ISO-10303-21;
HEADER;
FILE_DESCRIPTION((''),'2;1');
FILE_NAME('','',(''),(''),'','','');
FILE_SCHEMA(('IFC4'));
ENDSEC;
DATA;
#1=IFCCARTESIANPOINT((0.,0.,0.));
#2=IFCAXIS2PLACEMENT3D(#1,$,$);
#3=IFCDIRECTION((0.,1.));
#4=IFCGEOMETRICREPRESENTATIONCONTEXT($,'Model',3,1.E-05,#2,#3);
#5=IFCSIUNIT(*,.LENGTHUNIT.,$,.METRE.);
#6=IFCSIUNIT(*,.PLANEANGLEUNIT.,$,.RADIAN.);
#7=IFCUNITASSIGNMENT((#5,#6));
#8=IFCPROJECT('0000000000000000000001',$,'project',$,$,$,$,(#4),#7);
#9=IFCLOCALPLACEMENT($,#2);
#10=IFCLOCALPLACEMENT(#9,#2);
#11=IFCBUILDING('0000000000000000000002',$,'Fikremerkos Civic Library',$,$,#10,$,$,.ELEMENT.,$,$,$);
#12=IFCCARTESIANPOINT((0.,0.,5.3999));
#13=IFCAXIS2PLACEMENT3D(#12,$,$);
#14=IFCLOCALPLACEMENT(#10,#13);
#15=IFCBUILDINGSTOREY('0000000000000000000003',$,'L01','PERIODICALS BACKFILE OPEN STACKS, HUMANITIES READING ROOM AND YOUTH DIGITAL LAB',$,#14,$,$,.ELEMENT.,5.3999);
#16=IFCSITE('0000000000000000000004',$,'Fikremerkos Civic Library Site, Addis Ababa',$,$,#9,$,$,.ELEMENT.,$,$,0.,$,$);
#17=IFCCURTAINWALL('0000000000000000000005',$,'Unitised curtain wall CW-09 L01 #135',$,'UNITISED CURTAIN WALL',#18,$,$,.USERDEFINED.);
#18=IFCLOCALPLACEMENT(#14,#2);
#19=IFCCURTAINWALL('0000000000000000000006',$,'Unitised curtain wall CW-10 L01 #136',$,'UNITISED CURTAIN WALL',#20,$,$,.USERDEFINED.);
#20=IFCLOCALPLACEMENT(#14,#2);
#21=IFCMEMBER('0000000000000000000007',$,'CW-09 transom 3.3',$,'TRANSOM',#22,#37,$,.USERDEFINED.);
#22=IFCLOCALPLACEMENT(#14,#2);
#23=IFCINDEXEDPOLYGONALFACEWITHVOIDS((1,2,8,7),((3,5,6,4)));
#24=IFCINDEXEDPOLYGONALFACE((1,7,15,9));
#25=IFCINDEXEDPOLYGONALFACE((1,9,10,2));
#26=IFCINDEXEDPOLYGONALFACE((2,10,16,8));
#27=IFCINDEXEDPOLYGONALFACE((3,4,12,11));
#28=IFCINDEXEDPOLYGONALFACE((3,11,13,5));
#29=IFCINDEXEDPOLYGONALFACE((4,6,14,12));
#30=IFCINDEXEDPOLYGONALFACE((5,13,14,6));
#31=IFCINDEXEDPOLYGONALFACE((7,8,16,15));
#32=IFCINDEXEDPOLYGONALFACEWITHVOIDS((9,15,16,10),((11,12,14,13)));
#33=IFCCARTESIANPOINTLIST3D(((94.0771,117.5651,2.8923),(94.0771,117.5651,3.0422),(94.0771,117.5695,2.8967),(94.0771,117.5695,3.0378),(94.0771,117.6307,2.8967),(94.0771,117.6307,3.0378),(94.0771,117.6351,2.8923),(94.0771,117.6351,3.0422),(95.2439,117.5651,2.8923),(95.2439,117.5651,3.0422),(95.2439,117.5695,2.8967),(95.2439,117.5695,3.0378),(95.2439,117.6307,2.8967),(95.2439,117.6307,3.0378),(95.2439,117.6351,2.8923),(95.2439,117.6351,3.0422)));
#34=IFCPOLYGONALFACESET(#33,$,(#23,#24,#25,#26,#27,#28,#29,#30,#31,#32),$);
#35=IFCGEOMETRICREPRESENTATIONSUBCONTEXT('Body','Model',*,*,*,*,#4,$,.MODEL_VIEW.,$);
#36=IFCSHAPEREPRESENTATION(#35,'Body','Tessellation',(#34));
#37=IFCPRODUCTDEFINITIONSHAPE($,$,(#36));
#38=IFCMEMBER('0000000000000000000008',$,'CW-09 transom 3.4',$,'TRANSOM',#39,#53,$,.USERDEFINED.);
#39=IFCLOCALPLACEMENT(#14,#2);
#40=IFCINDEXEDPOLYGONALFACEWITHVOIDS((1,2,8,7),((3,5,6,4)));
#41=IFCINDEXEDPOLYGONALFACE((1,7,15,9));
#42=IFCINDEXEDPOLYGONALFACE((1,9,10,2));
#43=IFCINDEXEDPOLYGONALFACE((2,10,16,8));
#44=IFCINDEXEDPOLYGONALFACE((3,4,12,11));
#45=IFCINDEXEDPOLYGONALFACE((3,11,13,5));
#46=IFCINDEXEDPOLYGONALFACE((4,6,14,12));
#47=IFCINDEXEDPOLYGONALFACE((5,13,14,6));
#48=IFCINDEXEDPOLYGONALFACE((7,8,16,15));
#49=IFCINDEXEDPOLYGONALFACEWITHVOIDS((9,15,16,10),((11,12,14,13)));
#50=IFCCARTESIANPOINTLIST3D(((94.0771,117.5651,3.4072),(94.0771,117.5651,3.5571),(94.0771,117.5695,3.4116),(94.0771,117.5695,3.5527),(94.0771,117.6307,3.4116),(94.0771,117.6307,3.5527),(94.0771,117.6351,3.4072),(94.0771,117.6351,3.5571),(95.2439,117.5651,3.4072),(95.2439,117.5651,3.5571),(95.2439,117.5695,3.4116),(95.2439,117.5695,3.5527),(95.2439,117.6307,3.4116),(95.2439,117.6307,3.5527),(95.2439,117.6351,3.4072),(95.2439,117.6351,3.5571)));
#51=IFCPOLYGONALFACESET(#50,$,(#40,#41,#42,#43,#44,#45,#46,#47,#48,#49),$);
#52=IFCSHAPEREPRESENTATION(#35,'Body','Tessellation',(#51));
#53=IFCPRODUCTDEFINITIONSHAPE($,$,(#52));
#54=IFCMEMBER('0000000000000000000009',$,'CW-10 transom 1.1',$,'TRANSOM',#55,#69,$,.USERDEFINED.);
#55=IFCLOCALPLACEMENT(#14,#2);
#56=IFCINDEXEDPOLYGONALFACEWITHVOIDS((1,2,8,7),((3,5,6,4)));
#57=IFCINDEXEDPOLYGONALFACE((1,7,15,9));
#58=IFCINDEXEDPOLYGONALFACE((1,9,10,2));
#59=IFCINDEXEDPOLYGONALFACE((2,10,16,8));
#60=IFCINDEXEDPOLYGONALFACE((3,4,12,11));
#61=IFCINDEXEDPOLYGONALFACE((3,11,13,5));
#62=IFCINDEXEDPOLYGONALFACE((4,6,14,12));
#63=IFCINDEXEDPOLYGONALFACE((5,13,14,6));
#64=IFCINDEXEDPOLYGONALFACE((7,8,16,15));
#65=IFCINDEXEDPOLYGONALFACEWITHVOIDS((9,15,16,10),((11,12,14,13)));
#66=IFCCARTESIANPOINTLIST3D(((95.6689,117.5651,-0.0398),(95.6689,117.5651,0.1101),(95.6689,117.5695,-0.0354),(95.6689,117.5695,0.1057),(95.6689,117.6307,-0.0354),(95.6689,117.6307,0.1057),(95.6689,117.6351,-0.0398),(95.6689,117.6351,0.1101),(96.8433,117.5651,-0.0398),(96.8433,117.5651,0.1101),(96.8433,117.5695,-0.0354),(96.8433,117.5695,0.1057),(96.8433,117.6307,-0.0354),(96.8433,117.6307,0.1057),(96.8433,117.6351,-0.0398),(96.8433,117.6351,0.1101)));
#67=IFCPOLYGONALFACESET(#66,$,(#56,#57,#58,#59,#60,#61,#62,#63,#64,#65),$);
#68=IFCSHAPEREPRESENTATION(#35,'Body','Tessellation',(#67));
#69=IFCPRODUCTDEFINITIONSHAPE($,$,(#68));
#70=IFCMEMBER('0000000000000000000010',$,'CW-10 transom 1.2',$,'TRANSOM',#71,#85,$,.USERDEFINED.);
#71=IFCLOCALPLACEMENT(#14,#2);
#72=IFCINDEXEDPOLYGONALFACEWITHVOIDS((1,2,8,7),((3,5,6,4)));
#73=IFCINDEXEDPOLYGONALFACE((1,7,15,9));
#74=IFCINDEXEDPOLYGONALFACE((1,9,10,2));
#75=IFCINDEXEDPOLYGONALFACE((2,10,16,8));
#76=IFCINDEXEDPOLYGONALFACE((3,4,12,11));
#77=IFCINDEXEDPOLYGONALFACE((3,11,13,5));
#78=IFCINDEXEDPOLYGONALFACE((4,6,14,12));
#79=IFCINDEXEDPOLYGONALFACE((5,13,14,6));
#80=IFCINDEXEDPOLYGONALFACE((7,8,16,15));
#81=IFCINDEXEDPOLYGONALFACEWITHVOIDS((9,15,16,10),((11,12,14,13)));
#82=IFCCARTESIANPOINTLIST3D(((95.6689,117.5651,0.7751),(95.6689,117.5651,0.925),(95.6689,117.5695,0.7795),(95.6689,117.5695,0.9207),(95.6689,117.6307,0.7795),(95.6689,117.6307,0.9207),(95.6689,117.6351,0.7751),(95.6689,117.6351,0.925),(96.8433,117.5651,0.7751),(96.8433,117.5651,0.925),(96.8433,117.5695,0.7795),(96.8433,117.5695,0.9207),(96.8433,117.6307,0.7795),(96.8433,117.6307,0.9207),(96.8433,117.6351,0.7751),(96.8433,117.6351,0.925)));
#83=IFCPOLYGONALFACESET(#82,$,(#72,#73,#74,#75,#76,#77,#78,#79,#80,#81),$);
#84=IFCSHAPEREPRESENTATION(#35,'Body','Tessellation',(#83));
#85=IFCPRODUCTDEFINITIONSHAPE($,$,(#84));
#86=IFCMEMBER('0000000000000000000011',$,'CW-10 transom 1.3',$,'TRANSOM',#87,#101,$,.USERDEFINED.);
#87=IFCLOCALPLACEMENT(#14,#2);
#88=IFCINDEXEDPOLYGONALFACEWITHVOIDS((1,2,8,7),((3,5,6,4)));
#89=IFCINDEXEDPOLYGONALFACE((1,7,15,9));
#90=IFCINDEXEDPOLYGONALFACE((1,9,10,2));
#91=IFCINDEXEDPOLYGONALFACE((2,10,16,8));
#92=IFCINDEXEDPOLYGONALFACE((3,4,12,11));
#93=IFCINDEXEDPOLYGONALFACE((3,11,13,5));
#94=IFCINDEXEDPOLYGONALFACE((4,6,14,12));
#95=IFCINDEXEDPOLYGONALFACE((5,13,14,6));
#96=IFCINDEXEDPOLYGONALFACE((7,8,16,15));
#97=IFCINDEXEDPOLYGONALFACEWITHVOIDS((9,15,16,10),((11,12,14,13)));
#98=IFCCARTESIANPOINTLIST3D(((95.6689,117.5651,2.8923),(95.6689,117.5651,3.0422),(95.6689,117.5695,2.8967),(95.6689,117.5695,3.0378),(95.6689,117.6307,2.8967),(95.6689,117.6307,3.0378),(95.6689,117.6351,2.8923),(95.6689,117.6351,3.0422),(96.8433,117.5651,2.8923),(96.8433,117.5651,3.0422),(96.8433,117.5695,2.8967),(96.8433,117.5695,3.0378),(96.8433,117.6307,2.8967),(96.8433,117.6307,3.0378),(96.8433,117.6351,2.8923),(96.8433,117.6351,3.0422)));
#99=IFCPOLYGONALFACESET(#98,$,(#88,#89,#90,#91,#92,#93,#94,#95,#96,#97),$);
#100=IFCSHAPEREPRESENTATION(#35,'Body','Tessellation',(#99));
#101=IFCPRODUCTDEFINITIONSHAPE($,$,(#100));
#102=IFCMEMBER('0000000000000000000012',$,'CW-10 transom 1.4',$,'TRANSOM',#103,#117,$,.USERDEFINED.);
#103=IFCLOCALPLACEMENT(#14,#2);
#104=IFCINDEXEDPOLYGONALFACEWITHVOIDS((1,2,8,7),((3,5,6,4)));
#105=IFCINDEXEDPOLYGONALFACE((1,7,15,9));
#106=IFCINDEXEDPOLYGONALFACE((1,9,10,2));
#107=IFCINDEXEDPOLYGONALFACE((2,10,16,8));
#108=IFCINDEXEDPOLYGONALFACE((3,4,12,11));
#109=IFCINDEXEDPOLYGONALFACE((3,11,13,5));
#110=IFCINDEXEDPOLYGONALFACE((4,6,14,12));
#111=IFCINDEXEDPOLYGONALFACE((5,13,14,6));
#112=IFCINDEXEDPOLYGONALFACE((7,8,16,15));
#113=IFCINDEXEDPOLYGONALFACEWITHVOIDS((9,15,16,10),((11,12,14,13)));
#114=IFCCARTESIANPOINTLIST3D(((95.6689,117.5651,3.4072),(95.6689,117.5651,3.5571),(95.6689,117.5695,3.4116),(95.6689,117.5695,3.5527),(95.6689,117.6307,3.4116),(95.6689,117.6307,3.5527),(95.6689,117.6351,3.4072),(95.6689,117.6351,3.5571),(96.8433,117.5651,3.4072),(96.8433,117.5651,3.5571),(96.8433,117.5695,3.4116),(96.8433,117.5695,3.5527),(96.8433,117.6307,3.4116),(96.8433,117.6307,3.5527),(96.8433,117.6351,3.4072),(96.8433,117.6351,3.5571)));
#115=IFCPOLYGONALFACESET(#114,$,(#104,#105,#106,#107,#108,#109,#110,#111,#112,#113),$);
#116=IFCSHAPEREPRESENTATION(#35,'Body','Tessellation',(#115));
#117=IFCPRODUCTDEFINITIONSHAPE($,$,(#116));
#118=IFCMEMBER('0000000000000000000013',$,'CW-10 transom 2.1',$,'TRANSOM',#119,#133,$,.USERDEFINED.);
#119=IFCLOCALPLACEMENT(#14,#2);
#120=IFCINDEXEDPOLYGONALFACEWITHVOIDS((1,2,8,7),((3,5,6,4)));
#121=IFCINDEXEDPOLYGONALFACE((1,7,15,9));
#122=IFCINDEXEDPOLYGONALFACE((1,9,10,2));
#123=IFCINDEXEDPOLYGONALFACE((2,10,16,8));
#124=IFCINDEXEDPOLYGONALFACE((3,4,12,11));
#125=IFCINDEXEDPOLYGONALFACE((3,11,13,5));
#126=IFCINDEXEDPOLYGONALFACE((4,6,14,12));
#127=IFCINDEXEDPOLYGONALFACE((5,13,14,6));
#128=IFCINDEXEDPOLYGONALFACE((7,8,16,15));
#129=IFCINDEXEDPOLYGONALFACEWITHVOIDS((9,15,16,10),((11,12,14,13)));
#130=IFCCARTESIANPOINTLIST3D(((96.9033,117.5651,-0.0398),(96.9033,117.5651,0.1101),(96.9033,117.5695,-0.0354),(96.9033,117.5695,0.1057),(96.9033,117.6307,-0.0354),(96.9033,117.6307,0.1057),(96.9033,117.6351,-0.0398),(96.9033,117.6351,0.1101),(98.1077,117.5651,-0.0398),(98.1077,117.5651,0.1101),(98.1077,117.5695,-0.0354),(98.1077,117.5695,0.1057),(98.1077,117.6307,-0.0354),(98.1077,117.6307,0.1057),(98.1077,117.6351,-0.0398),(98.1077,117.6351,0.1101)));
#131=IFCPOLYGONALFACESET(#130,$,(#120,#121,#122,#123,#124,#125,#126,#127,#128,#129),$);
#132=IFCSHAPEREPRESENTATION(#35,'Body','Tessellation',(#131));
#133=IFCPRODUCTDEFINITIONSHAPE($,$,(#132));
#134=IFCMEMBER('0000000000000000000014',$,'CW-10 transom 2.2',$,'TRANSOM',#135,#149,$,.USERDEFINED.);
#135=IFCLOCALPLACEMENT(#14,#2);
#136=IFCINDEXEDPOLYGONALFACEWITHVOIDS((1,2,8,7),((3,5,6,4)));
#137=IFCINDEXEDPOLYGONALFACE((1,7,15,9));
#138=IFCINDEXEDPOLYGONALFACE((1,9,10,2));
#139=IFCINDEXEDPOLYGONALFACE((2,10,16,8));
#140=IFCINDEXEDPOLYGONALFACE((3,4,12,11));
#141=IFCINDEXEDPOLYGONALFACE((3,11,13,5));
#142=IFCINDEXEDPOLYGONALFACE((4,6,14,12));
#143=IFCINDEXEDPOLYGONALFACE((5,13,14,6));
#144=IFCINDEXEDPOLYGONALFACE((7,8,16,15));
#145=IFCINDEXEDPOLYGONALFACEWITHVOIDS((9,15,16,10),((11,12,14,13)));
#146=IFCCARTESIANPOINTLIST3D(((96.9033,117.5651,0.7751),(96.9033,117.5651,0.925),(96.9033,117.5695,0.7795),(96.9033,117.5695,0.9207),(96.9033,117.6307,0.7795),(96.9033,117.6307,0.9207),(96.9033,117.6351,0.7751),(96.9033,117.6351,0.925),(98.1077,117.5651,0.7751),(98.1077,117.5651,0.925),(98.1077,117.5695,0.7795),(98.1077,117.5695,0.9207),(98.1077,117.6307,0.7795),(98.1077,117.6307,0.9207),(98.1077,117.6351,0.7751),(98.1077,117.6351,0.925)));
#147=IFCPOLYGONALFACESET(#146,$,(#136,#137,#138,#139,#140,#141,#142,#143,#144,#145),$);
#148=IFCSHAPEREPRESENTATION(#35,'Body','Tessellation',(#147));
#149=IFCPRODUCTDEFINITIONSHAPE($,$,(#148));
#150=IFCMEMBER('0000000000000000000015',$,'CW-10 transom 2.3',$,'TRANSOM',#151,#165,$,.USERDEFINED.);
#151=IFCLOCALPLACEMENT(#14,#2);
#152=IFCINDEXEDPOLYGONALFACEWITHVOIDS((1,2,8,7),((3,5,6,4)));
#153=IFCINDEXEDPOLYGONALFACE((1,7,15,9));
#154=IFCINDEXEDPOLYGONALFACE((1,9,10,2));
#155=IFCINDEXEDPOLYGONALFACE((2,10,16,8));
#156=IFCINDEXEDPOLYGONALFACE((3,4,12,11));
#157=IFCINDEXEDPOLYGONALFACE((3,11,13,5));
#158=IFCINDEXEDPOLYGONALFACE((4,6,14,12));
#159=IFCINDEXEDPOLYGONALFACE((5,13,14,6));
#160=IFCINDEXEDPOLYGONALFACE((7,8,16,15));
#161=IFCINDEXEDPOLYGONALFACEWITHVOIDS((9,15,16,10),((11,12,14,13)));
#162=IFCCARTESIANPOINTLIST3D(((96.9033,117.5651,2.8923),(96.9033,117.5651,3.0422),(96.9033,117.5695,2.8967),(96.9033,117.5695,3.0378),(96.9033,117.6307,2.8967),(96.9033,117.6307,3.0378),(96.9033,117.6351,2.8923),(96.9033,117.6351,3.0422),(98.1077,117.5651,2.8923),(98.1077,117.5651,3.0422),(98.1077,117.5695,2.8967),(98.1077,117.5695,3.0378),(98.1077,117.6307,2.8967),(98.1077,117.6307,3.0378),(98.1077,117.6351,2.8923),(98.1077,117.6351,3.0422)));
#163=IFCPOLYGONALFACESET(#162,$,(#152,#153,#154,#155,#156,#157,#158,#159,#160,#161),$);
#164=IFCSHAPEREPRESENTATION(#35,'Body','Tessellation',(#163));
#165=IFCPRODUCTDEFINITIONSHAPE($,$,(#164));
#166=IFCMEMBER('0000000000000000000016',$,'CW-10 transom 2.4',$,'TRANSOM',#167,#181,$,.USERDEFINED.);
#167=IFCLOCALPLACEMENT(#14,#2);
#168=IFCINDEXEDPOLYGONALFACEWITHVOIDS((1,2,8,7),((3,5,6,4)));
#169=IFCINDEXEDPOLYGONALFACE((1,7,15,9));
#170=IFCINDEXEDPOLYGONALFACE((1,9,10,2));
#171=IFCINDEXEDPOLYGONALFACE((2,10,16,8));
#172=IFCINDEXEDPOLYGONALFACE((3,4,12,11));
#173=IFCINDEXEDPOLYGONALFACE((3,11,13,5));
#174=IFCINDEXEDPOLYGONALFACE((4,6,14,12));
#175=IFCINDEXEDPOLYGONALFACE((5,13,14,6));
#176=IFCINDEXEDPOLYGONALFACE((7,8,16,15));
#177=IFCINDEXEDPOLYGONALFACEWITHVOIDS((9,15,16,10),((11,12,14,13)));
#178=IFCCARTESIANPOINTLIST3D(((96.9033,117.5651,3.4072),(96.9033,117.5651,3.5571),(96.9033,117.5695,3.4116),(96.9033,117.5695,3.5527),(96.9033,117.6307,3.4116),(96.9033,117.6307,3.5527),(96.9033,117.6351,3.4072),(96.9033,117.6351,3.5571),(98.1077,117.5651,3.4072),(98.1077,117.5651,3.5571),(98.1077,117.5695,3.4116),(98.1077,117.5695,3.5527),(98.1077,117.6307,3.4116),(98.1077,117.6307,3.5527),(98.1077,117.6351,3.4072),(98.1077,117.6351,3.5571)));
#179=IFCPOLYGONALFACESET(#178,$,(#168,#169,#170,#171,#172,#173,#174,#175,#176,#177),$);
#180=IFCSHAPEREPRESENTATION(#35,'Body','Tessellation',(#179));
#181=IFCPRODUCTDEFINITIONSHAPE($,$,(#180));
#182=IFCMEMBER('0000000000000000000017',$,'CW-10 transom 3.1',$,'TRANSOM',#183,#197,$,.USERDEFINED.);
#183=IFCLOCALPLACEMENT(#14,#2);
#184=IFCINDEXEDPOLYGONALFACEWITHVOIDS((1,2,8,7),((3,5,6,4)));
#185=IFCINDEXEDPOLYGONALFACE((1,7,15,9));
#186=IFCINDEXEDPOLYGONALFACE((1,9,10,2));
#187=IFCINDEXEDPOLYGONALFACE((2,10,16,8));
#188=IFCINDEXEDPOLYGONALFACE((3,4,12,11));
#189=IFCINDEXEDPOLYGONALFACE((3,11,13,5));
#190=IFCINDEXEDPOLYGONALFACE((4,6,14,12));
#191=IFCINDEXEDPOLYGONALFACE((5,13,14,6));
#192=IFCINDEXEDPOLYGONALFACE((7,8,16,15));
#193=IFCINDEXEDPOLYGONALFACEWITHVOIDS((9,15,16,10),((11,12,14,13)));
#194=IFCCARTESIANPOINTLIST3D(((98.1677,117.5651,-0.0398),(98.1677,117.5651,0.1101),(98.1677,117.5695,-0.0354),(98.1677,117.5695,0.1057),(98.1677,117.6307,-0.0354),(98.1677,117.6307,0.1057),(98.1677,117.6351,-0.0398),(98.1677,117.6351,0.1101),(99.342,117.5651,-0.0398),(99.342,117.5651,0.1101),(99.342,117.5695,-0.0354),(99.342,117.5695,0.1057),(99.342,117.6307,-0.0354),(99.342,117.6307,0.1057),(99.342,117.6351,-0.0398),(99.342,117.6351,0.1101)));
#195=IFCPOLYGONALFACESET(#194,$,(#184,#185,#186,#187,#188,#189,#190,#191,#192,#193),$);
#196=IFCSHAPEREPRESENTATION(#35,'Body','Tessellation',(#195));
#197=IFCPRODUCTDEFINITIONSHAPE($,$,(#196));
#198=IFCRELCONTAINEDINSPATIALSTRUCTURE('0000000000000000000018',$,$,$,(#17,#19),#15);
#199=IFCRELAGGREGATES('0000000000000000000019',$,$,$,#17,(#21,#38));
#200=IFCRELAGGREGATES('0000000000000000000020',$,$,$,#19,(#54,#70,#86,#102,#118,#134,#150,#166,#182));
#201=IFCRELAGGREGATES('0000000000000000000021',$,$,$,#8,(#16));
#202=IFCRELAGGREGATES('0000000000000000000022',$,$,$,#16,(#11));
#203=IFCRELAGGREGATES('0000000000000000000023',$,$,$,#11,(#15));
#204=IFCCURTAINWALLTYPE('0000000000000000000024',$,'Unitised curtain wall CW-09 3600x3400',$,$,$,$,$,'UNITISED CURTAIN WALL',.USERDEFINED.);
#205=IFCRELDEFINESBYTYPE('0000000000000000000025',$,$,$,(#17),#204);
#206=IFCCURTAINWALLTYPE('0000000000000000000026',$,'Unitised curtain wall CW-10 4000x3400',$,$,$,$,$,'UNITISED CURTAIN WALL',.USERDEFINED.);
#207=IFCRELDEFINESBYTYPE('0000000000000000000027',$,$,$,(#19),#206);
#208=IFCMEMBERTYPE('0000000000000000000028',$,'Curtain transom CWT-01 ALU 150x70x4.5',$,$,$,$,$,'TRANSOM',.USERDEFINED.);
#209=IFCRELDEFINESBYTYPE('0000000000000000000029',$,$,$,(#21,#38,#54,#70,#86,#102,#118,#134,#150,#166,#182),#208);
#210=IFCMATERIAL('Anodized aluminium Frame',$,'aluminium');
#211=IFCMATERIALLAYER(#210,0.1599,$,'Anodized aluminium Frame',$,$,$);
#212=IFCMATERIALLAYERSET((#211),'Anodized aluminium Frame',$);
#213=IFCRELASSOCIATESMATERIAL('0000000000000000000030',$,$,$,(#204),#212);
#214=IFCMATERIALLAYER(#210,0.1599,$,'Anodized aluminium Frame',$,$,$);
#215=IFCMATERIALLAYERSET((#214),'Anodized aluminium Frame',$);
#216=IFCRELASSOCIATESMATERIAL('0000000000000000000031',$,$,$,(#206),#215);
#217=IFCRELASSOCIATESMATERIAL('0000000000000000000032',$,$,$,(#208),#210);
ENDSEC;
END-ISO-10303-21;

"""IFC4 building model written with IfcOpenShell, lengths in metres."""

from ifc_helpers import new_model, si_unit, direction, frame, origin, origin_2d, place, context, subcontext, project, spatial, hollow_rectangle, extrude, material, layer, layer_set, material_profile, profile_set, type_object, element, aggregate, save


model = new_model("IFC4")

# Units and contexts
model_context = context("Model", 3, precision=1e-05, world=origin(), true_north=direction((0.0, 1.0)))
body_context = subcontext(model_context, "Body", "Model", "MODEL_VIEW")
ifc_project = project(units=[si_unit("LENGTHUNIT", "METRE"), si_unit("PLANEANGLEUNIT", "RADIAN")], contexts=[model_context])

# Site, building, storey
site_placement = place(None, origin())
site = spatial("IfcSite", under=ifc_project, at=site_placement, Name="Fikremerkos Civic Library Site, Addis Ababa", CompositionType="ELEMENT", RefElevation=0.0)
building_placement = place(site_placement, origin())
building = spatial("IfcBuilding", under=site, at=building_placement, Name="Fikremerkos Civic Library", CompositionType="ELEMENT")
storey_placement = place(building_placement, frame((0.0, 0.0, 5.3999)))
storey = spatial("IfcBuildingStorey", under=building, at=storey_placement, Name="L01", Description="PERIODICALS BACKFILE OPEN STACKS, HUMANITIES READING ROOM AND YOUTH DIGITAL LAB", CompositionType="ELEMENT", Elevation=5.3999)

# Curtain walls
ifc_material_1 = material(Name="Anodized aluminium Frame", Category="aluminium")
ifc_layer_1 = layer(ifc_material_1, 0.1599, Name="Anodized aluminium Frame")
ifc_layer_set_1 = layer_set([ifc_layer_1], Name="Anodized aluminium Frame")
curtain_wall_type_1 = type_object("IfcCurtainWallType", Name="Unitised curtain wall CW-09 3600x3400", ElementType="UNITISED CURTAIN WALL", PredefinedType="USERDEFINED", material=ifc_layer_set_1)
curtain_wall_1_placement = place(storey_placement, origin())
curtain_wall_1 = element("IfcCurtainWall", 1, at=curtain_wall_1_placement, inside=storey, type_object=curtain_wall_type_1, Name="Unitised curtain wall CW-09 L01 #135", ObjectType="UNITISED CURTAIN WALL", PredefinedType="USERDEFINED")
ifc_layer_2 = layer(ifc_material_1, 0.1599, Name="Anodized aluminium Frame")
ifc_layer_set_2 = layer_set([ifc_layer_2], Name="Anodized aluminium Frame")
curtain_wall_type_2 = type_object("IfcCurtainWallType", Name="Unitised curtain wall CW-10 4000x3400", ElementType="UNITISED CURTAIN WALL", PredefinedType="USERDEFINED", material=ifc_layer_set_2)
curtain_wall_2_placement = place(storey_placement, origin())
curtain_wall_2 = element("IfcCurtainWall", 2, at=curtain_wall_2_placement, inside=storey, type_object=curtain_wall_type_2, Name="Unitised curtain wall CW-10 L01 #136", ObjectType="UNITISED CURTAIN WALL", PredefinedType="USERDEFINED")

# Members
ifc_material_profile_1 = material_profile(ifc_material_1, hollow_rectangle(XDim=0.0701, YDim=0.1499, WallThickness=0.0044, at=origin_2d()), Name="ALU 150x70x4.5")
ifc_profile_set_1 = profile_set([ifc_material_profile_1], Name="Anodized aluminium Frame")
member_type_1 = type_object("IfcMemberType", Name="Curtain transom CWT-01 ALU 150x70x4.5", ElementType="TRANSOM", PredefinedType="USERDEFINED", material=ifc_profile_set_1)
member_1_placement = place(storey_placement, frame((94.0771, 117.6001, 2.9673), z_axis=(1.0, 0.0, 0.0), x_axis=(0.0, 1.0, 0.0)))
member_1 = element("IfcMember", 3, at=member_1_placement, type_object=member_type_1, Name="CW-09 transom 3.3", ObjectType="TRANSOM", PredefinedType="USERDEFINED", context=body_context, shape_type="SweptSolid", body=[
    extrude(hollow_rectangle(XDim=0.0701, YDim=0.1499, WallThickness=0.0044, at=origin_2d()), origin(), (0.0, 0.0, 1.0), 1.1667),
])
member_2_placement = place(storey_placement, frame((94.0771, 117.6001, 3.4822), z_axis=(1.0, 0.0, 0.0), x_axis=(0.0, 1.0, 0.0)))
member_2 = element("IfcMember", 4, at=member_2_placement, type_object=member_type_1, Name="CW-09 transom 3.4", ObjectType="TRANSOM", PredefinedType="USERDEFINED", context=body_context, shape_type="SweptSolid", body=[
    extrude(hollow_rectangle(XDim=0.0701, YDim=0.1499, WallThickness=0.0044, at=origin_2d()), origin(), (0.0, 0.0, 1.0), 1.1667),
])
member_3_placement = place(storey_placement, frame((95.6689, 117.6001, 0.0352), z_axis=(1.0, 0.0, 0.0), x_axis=(0.0, 1.0, 0.0)))
member_3 = element("IfcMember", 5, at=member_3_placement, type_object=member_type_1, Name="CW-10 transom 1.1", ObjectType="TRANSOM", PredefinedType="USERDEFINED", context=body_context, shape_type="SweptSolid", body=[
    extrude(hollow_rectangle(XDim=0.0701, YDim=0.1499, WallThickness=0.0044, at=origin_2d()), origin(), (0.0, 0.0, 1.0), 1.1743),
])
member_4_placement = place(storey_placement, frame((95.6689, 117.6001, 0.8501), z_axis=(1.0, 0.0, 0.0), x_axis=(0.0, 1.0, 0.0)))
member_4 = element("IfcMember", 6, at=member_4_placement, type_object=member_type_1, Name="CW-10 transom 1.2", ObjectType="TRANSOM", PredefinedType="USERDEFINED", context=body_context, shape_type="SweptSolid", body=[
    extrude(hollow_rectangle(XDim=0.0701, YDim=0.1499, WallThickness=0.0044, at=origin_2d()), origin(), (0.0, 0.0, 1.0), 1.1743),
])
member_5_placement = place(storey_placement, frame((95.6689, 117.6001, 2.9673), z_axis=(1.0, 0.0, 0.0), x_axis=(0.0, 1.0, 0.0)))
member_5 = element("IfcMember", 7, at=member_5_placement, type_object=member_type_1, Name="CW-10 transom 1.3", ObjectType="TRANSOM", PredefinedType="USERDEFINED", context=body_context, shape_type="SweptSolid", body=[
    extrude(hollow_rectangle(XDim=0.0701, YDim=0.1499, WallThickness=0.0044, at=origin_2d()), origin(), (0.0, 0.0, 1.0), 1.1743),
])
member_6_placement = place(storey_placement, frame((95.6689, 117.6001, 3.4822), z_axis=(1.0, 0.0, 0.0), x_axis=(0.0, 1.0, 0.0)))
member_6 = element("IfcMember", 8, at=member_6_placement, type_object=member_type_1, Name="CW-10 transom 1.4", ObjectType="TRANSOM", PredefinedType="USERDEFINED", context=body_context, shape_type="SweptSolid", body=[
    extrude(hollow_rectangle(XDim=0.0701, YDim=0.1499, WallThickness=0.0044, at=origin_2d()), origin(), (0.0, 0.0, 1.0), 1.1743),
])
member_7_placement = place(storey_placement, frame((96.9033, 117.6001, 0.0352), z_axis=(1.0, 0.0, 0.0), x_axis=(0.0, 1.0, 0.0)))
member_7 = element("IfcMember", 9, at=member_7_placement, type_object=member_type_1, Name="CW-10 transom 2.1", ObjectType="TRANSOM", PredefinedType="USERDEFINED", context=body_context, shape_type="SweptSolid", body=[
    extrude(hollow_rectangle(XDim=0.0701, YDim=0.1499, WallThickness=0.0044, at=origin_2d()), origin(), (0.0, 0.0, 1.0), 1.2043),
])
member_8_placement = place(storey_placement, frame((96.9033, 117.6001, 0.8501), z_axis=(1.0, 0.0, 0.0), x_axis=(0.0, 1.0, 0.0)))
member_8 = element("IfcMember", 10, at=member_8_placement, type_object=member_type_1, Name="CW-10 transom 2.2", ObjectType="TRANSOM", PredefinedType="USERDEFINED", context=body_context, shape_type="SweptSolid", body=[
    extrude(hollow_rectangle(XDim=0.0701, YDim=0.1499, WallThickness=0.0044, at=origin_2d()), origin(), (0.0, 0.0, 1.0), 1.2043),
])
member_9_placement = place(storey_placement, frame((96.9033, 117.6001, 2.9673), z_axis=(1.0, 0.0, 0.0), x_axis=(0.0, 1.0, 0.0)))
member_9 = element("IfcMember", 11, at=member_9_placement, type_object=member_type_1, Name="CW-10 transom 2.3", ObjectType="TRANSOM", PredefinedType="USERDEFINED", context=body_context, shape_type="SweptSolid", body=[
    extrude(hollow_rectangle(XDim=0.0701, YDim=0.1499, WallThickness=0.0044, at=origin_2d()), origin(), (0.0, 0.0, 1.0), 1.2043),
])
member_10_placement = place(storey_placement, frame((96.9033, 117.6001, 3.4822), z_axis=(1.0, 0.0, 0.0), x_axis=(0.0, 1.0, 0.0)))
member_10 = element("IfcMember", 12, at=member_10_placement, type_object=member_type_1, Name="CW-10 transom 2.4", ObjectType="TRANSOM", PredefinedType="USERDEFINED", context=body_context, shape_type="SweptSolid", body=[
    extrude(hollow_rectangle(XDim=0.0701, YDim=0.1499, WallThickness=0.0044, at=origin_2d()), origin(), (0.0, 0.0, 1.0), 1.2043),
])
member_11_placement = place(storey_placement, frame((98.1677, 117.6001, 0.0352), z_axis=(1.0, 0.0, 0.0), x_axis=(0.0, 1.0, 0.0)))
member_11 = element("IfcMember", 13, at=member_11_placement, type_object=member_type_1, Name="CW-10 transom 3.1", ObjectType="TRANSOM", PredefinedType="USERDEFINED", context=body_context, shape_type="SweptSolid", body=[
    extrude(hollow_rectangle(XDim=0.0701, YDim=0.1499, WallThickness=0.0044, at=origin_2d()), origin(), (0.0, 0.0, 1.0), 1.1743),
])

aggregate(curtain_wall_1, [member_1, member_2])
aggregate(curtain_wall_2, [member_3, member_4, member_5, member_6, member_7, member_8, member_9, member_10, member_11])

save(model, "model.ifc")
